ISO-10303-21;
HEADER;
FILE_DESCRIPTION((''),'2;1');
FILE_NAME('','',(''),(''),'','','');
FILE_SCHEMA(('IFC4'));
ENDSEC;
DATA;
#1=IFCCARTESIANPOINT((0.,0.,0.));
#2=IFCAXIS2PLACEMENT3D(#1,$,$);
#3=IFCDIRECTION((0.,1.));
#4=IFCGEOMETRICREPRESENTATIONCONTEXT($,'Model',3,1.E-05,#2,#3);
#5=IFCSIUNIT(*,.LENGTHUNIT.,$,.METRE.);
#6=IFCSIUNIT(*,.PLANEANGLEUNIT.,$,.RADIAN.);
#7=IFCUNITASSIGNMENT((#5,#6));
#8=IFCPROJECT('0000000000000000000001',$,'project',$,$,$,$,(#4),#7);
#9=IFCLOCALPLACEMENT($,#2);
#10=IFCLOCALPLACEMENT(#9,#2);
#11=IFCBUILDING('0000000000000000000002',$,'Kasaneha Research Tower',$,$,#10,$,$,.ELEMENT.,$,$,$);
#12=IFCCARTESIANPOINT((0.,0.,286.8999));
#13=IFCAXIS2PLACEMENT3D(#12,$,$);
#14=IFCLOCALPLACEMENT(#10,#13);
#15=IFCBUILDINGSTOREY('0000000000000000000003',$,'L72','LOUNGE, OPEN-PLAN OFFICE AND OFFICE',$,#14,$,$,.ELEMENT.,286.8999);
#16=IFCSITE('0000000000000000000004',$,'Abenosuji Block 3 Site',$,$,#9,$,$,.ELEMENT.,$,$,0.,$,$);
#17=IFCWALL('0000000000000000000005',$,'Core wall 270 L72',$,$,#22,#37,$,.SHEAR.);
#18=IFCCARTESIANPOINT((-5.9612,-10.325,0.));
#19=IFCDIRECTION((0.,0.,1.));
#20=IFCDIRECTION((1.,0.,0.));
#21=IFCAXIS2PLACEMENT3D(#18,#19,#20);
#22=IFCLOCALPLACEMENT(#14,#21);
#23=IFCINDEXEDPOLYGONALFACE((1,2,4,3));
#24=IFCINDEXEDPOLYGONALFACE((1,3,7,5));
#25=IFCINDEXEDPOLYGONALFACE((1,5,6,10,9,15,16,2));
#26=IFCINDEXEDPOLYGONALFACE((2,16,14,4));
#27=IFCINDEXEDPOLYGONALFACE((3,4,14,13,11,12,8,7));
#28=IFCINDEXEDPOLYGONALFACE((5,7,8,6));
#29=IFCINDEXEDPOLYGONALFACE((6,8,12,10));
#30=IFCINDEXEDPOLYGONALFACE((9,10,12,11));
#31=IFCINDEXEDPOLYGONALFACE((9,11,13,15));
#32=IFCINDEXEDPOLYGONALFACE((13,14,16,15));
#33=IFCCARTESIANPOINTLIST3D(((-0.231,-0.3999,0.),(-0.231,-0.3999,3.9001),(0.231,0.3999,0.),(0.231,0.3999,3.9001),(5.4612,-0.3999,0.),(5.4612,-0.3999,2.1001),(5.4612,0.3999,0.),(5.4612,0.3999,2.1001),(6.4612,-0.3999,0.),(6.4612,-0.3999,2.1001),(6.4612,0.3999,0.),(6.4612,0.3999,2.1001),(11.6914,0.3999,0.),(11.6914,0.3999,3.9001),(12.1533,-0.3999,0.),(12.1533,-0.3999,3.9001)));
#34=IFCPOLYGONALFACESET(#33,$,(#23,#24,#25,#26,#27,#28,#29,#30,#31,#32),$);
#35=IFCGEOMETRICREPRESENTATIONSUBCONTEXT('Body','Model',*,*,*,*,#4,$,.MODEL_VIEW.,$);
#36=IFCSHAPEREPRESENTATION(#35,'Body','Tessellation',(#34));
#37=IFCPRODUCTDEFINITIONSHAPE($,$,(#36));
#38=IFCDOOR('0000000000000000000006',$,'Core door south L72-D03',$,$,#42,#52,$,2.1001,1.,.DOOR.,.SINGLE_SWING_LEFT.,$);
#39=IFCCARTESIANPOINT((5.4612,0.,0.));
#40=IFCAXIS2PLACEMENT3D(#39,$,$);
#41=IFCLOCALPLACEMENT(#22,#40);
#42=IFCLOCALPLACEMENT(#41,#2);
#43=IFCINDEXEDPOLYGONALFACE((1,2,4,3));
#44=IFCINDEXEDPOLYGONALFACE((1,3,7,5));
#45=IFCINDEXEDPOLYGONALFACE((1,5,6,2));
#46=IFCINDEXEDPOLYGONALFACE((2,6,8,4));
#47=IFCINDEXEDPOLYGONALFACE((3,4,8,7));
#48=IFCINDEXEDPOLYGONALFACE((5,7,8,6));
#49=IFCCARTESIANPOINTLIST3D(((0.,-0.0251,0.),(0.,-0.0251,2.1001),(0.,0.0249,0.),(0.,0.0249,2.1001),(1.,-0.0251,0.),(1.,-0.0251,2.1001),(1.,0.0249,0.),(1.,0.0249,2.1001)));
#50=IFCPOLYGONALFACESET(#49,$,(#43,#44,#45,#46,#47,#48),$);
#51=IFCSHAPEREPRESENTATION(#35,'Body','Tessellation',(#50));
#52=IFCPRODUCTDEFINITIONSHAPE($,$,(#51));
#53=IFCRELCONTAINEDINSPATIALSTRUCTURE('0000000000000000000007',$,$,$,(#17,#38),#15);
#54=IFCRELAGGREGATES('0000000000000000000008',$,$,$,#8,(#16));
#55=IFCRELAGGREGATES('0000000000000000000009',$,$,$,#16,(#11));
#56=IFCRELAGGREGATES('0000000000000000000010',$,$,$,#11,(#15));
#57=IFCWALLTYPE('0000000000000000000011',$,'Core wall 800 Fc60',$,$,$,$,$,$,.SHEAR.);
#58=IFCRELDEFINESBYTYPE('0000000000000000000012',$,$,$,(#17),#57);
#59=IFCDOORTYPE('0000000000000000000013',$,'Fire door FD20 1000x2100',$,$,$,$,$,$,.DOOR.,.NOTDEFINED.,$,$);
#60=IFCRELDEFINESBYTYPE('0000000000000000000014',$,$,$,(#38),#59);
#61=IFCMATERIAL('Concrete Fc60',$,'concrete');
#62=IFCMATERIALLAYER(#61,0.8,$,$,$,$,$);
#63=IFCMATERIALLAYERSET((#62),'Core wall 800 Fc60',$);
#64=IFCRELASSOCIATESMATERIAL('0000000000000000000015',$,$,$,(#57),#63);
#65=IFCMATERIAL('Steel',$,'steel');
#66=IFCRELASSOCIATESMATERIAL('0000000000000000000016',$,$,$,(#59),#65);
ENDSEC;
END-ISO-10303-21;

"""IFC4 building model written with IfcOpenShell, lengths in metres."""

from ifc_helpers import new_model, si_unit, direction, frame, frame_2d, origin, place, context, subcontext, project, spatial, polyline, rectangle, outline, extrude, material, layer, layer_set, type_object, element, fill, save


model = new_model("IFC4")

# Units and contexts
model_context = context("Model", 3, precision=1e-05, world=origin(), true_north=direction((0.0, 1.0)))
body_context = subcontext(model_context, "Body", "Model", "MODEL_VIEW")
ifc_project = project(units=[si_unit("LENGTHUNIT", "METRE"), si_unit("PLANEANGLEUNIT", "RADIAN")], contexts=[model_context])

# Site, building, storey
site_placement = place(None, origin())
site = spatial("IfcSite", under=ifc_project, at=site_placement, Name="Abenosuji Block 3 Site", CompositionType="ELEMENT", RefElevation=0.0)
building_placement = place(site_placement, origin())
building = spatial("IfcBuilding", under=site, at=building_placement, Name="Kasaneha Research Tower", CompositionType="ELEMENT")
storey_placement = place(building_placement, frame((0.0, 0.0, 286.8999)))
storey = spatial("IfcBuildingStorey", under=building, at=storey_placement, Name="L72", Description="LOUNGE, OPEN-PLAN OFFICE AND OFFICE", CompositionType="ELEMENT", Elevation=286.8999)

# Wall, opening, door
ifc_material_1 = material(Name="Concrete Fc60", Category="concrete")
ifc_layer_1 = layer(ifc_material_1, 0.8)
ifc_layer_set_1 = layer_set([ifc_layer_1], Name="Core wall 800 Fc60")
wall_type_1 = type_object("IfcWallType", Name="Core wall 800 Fc60", PredefinedType="SHEAR", material=ifc_layer_set_1)
wall_1_placement = place(storey_placement, frame((-5.9612, -10.325, 0.0), z_axis=(0.0, 0.0, 1.0), x_axis=(1.0, 0.0, 0.0)))
wall_1 = element("IfcWall", 1, at=wall_1_placement, inside=storey, type_object=wall_type_1, Name="Core wall 270 L72", PredefinedType="SHEAR", context=body_context, shape_type="SweptSolid", body=[
    extrude(outline(polyline([(-0.231, -0.3999), (5.4612, -0.3999), (6.4612, -0.3999), (12.1533, -0.3999), (11.6914, 0.3999), (6.4612, 0.3999), (5.4612, 0.3999), (0.231, 0.3999), (-0.231, -0.3999)])), origin(), (0.0, 0.0, 1.0), 3.9001),
])
opening_1_placement = place(wall_1_placement, frame((5.4612, 0.0, 0.0)))
opening_1 = element("IfcOpeningElement", 2, at=opening_1_placement, cuts=wall_1, PredefinedType="OPENING", context=body_context, shape_type="SweptSolid", body=[
    extrude(rectangle(XDim=1.0, YDim=2.1001, at=frame_2d((0.5, 1.05))), frame((0.0, 0.4102, 0.0), z_axis=(0.0, -1.0, 0.0), x_axis=(1.0, 0.0, 0.0)), (0.0, 0.0, 1.0), 0.8201),
])
ifc_material_2 = material(Name="Steel", Category="steel")
door_type_1 = type_object("IfcDoorType", Name="Fire door FD20 1000x2100", OperationType="NOTDEFINED", PredefinedType="DOOR", material=ifc_material_2)
door_1_placement = place(opening_1_placement, origin())
door_1 = element("IfcDoor", 3, at=door_1_placement, inside=storey, type_object=door_type_1, Name="Core door south L72-D03", OperationType="SINGLE_SWING_LEFT", OverallHeight=2.1001, OverallWidth=1.0, PredefinedType="DOOR", context=body_context, shape_type="SweptSolid", body=[
    extrude(rectangle(XDim=1.0, YDim=2.1001, at=frame_2d((0.5, 1.05))), frame((0.0, 0.0249, 0.0), z_axis=(0.0, -1.0, 0.0), x_axis=(1.0, 0.0, 0.0)), (0.0, 0.0, 1.0), 0.05),
])
fill(opening_1, door_1)

save(model, "model.ifc")
